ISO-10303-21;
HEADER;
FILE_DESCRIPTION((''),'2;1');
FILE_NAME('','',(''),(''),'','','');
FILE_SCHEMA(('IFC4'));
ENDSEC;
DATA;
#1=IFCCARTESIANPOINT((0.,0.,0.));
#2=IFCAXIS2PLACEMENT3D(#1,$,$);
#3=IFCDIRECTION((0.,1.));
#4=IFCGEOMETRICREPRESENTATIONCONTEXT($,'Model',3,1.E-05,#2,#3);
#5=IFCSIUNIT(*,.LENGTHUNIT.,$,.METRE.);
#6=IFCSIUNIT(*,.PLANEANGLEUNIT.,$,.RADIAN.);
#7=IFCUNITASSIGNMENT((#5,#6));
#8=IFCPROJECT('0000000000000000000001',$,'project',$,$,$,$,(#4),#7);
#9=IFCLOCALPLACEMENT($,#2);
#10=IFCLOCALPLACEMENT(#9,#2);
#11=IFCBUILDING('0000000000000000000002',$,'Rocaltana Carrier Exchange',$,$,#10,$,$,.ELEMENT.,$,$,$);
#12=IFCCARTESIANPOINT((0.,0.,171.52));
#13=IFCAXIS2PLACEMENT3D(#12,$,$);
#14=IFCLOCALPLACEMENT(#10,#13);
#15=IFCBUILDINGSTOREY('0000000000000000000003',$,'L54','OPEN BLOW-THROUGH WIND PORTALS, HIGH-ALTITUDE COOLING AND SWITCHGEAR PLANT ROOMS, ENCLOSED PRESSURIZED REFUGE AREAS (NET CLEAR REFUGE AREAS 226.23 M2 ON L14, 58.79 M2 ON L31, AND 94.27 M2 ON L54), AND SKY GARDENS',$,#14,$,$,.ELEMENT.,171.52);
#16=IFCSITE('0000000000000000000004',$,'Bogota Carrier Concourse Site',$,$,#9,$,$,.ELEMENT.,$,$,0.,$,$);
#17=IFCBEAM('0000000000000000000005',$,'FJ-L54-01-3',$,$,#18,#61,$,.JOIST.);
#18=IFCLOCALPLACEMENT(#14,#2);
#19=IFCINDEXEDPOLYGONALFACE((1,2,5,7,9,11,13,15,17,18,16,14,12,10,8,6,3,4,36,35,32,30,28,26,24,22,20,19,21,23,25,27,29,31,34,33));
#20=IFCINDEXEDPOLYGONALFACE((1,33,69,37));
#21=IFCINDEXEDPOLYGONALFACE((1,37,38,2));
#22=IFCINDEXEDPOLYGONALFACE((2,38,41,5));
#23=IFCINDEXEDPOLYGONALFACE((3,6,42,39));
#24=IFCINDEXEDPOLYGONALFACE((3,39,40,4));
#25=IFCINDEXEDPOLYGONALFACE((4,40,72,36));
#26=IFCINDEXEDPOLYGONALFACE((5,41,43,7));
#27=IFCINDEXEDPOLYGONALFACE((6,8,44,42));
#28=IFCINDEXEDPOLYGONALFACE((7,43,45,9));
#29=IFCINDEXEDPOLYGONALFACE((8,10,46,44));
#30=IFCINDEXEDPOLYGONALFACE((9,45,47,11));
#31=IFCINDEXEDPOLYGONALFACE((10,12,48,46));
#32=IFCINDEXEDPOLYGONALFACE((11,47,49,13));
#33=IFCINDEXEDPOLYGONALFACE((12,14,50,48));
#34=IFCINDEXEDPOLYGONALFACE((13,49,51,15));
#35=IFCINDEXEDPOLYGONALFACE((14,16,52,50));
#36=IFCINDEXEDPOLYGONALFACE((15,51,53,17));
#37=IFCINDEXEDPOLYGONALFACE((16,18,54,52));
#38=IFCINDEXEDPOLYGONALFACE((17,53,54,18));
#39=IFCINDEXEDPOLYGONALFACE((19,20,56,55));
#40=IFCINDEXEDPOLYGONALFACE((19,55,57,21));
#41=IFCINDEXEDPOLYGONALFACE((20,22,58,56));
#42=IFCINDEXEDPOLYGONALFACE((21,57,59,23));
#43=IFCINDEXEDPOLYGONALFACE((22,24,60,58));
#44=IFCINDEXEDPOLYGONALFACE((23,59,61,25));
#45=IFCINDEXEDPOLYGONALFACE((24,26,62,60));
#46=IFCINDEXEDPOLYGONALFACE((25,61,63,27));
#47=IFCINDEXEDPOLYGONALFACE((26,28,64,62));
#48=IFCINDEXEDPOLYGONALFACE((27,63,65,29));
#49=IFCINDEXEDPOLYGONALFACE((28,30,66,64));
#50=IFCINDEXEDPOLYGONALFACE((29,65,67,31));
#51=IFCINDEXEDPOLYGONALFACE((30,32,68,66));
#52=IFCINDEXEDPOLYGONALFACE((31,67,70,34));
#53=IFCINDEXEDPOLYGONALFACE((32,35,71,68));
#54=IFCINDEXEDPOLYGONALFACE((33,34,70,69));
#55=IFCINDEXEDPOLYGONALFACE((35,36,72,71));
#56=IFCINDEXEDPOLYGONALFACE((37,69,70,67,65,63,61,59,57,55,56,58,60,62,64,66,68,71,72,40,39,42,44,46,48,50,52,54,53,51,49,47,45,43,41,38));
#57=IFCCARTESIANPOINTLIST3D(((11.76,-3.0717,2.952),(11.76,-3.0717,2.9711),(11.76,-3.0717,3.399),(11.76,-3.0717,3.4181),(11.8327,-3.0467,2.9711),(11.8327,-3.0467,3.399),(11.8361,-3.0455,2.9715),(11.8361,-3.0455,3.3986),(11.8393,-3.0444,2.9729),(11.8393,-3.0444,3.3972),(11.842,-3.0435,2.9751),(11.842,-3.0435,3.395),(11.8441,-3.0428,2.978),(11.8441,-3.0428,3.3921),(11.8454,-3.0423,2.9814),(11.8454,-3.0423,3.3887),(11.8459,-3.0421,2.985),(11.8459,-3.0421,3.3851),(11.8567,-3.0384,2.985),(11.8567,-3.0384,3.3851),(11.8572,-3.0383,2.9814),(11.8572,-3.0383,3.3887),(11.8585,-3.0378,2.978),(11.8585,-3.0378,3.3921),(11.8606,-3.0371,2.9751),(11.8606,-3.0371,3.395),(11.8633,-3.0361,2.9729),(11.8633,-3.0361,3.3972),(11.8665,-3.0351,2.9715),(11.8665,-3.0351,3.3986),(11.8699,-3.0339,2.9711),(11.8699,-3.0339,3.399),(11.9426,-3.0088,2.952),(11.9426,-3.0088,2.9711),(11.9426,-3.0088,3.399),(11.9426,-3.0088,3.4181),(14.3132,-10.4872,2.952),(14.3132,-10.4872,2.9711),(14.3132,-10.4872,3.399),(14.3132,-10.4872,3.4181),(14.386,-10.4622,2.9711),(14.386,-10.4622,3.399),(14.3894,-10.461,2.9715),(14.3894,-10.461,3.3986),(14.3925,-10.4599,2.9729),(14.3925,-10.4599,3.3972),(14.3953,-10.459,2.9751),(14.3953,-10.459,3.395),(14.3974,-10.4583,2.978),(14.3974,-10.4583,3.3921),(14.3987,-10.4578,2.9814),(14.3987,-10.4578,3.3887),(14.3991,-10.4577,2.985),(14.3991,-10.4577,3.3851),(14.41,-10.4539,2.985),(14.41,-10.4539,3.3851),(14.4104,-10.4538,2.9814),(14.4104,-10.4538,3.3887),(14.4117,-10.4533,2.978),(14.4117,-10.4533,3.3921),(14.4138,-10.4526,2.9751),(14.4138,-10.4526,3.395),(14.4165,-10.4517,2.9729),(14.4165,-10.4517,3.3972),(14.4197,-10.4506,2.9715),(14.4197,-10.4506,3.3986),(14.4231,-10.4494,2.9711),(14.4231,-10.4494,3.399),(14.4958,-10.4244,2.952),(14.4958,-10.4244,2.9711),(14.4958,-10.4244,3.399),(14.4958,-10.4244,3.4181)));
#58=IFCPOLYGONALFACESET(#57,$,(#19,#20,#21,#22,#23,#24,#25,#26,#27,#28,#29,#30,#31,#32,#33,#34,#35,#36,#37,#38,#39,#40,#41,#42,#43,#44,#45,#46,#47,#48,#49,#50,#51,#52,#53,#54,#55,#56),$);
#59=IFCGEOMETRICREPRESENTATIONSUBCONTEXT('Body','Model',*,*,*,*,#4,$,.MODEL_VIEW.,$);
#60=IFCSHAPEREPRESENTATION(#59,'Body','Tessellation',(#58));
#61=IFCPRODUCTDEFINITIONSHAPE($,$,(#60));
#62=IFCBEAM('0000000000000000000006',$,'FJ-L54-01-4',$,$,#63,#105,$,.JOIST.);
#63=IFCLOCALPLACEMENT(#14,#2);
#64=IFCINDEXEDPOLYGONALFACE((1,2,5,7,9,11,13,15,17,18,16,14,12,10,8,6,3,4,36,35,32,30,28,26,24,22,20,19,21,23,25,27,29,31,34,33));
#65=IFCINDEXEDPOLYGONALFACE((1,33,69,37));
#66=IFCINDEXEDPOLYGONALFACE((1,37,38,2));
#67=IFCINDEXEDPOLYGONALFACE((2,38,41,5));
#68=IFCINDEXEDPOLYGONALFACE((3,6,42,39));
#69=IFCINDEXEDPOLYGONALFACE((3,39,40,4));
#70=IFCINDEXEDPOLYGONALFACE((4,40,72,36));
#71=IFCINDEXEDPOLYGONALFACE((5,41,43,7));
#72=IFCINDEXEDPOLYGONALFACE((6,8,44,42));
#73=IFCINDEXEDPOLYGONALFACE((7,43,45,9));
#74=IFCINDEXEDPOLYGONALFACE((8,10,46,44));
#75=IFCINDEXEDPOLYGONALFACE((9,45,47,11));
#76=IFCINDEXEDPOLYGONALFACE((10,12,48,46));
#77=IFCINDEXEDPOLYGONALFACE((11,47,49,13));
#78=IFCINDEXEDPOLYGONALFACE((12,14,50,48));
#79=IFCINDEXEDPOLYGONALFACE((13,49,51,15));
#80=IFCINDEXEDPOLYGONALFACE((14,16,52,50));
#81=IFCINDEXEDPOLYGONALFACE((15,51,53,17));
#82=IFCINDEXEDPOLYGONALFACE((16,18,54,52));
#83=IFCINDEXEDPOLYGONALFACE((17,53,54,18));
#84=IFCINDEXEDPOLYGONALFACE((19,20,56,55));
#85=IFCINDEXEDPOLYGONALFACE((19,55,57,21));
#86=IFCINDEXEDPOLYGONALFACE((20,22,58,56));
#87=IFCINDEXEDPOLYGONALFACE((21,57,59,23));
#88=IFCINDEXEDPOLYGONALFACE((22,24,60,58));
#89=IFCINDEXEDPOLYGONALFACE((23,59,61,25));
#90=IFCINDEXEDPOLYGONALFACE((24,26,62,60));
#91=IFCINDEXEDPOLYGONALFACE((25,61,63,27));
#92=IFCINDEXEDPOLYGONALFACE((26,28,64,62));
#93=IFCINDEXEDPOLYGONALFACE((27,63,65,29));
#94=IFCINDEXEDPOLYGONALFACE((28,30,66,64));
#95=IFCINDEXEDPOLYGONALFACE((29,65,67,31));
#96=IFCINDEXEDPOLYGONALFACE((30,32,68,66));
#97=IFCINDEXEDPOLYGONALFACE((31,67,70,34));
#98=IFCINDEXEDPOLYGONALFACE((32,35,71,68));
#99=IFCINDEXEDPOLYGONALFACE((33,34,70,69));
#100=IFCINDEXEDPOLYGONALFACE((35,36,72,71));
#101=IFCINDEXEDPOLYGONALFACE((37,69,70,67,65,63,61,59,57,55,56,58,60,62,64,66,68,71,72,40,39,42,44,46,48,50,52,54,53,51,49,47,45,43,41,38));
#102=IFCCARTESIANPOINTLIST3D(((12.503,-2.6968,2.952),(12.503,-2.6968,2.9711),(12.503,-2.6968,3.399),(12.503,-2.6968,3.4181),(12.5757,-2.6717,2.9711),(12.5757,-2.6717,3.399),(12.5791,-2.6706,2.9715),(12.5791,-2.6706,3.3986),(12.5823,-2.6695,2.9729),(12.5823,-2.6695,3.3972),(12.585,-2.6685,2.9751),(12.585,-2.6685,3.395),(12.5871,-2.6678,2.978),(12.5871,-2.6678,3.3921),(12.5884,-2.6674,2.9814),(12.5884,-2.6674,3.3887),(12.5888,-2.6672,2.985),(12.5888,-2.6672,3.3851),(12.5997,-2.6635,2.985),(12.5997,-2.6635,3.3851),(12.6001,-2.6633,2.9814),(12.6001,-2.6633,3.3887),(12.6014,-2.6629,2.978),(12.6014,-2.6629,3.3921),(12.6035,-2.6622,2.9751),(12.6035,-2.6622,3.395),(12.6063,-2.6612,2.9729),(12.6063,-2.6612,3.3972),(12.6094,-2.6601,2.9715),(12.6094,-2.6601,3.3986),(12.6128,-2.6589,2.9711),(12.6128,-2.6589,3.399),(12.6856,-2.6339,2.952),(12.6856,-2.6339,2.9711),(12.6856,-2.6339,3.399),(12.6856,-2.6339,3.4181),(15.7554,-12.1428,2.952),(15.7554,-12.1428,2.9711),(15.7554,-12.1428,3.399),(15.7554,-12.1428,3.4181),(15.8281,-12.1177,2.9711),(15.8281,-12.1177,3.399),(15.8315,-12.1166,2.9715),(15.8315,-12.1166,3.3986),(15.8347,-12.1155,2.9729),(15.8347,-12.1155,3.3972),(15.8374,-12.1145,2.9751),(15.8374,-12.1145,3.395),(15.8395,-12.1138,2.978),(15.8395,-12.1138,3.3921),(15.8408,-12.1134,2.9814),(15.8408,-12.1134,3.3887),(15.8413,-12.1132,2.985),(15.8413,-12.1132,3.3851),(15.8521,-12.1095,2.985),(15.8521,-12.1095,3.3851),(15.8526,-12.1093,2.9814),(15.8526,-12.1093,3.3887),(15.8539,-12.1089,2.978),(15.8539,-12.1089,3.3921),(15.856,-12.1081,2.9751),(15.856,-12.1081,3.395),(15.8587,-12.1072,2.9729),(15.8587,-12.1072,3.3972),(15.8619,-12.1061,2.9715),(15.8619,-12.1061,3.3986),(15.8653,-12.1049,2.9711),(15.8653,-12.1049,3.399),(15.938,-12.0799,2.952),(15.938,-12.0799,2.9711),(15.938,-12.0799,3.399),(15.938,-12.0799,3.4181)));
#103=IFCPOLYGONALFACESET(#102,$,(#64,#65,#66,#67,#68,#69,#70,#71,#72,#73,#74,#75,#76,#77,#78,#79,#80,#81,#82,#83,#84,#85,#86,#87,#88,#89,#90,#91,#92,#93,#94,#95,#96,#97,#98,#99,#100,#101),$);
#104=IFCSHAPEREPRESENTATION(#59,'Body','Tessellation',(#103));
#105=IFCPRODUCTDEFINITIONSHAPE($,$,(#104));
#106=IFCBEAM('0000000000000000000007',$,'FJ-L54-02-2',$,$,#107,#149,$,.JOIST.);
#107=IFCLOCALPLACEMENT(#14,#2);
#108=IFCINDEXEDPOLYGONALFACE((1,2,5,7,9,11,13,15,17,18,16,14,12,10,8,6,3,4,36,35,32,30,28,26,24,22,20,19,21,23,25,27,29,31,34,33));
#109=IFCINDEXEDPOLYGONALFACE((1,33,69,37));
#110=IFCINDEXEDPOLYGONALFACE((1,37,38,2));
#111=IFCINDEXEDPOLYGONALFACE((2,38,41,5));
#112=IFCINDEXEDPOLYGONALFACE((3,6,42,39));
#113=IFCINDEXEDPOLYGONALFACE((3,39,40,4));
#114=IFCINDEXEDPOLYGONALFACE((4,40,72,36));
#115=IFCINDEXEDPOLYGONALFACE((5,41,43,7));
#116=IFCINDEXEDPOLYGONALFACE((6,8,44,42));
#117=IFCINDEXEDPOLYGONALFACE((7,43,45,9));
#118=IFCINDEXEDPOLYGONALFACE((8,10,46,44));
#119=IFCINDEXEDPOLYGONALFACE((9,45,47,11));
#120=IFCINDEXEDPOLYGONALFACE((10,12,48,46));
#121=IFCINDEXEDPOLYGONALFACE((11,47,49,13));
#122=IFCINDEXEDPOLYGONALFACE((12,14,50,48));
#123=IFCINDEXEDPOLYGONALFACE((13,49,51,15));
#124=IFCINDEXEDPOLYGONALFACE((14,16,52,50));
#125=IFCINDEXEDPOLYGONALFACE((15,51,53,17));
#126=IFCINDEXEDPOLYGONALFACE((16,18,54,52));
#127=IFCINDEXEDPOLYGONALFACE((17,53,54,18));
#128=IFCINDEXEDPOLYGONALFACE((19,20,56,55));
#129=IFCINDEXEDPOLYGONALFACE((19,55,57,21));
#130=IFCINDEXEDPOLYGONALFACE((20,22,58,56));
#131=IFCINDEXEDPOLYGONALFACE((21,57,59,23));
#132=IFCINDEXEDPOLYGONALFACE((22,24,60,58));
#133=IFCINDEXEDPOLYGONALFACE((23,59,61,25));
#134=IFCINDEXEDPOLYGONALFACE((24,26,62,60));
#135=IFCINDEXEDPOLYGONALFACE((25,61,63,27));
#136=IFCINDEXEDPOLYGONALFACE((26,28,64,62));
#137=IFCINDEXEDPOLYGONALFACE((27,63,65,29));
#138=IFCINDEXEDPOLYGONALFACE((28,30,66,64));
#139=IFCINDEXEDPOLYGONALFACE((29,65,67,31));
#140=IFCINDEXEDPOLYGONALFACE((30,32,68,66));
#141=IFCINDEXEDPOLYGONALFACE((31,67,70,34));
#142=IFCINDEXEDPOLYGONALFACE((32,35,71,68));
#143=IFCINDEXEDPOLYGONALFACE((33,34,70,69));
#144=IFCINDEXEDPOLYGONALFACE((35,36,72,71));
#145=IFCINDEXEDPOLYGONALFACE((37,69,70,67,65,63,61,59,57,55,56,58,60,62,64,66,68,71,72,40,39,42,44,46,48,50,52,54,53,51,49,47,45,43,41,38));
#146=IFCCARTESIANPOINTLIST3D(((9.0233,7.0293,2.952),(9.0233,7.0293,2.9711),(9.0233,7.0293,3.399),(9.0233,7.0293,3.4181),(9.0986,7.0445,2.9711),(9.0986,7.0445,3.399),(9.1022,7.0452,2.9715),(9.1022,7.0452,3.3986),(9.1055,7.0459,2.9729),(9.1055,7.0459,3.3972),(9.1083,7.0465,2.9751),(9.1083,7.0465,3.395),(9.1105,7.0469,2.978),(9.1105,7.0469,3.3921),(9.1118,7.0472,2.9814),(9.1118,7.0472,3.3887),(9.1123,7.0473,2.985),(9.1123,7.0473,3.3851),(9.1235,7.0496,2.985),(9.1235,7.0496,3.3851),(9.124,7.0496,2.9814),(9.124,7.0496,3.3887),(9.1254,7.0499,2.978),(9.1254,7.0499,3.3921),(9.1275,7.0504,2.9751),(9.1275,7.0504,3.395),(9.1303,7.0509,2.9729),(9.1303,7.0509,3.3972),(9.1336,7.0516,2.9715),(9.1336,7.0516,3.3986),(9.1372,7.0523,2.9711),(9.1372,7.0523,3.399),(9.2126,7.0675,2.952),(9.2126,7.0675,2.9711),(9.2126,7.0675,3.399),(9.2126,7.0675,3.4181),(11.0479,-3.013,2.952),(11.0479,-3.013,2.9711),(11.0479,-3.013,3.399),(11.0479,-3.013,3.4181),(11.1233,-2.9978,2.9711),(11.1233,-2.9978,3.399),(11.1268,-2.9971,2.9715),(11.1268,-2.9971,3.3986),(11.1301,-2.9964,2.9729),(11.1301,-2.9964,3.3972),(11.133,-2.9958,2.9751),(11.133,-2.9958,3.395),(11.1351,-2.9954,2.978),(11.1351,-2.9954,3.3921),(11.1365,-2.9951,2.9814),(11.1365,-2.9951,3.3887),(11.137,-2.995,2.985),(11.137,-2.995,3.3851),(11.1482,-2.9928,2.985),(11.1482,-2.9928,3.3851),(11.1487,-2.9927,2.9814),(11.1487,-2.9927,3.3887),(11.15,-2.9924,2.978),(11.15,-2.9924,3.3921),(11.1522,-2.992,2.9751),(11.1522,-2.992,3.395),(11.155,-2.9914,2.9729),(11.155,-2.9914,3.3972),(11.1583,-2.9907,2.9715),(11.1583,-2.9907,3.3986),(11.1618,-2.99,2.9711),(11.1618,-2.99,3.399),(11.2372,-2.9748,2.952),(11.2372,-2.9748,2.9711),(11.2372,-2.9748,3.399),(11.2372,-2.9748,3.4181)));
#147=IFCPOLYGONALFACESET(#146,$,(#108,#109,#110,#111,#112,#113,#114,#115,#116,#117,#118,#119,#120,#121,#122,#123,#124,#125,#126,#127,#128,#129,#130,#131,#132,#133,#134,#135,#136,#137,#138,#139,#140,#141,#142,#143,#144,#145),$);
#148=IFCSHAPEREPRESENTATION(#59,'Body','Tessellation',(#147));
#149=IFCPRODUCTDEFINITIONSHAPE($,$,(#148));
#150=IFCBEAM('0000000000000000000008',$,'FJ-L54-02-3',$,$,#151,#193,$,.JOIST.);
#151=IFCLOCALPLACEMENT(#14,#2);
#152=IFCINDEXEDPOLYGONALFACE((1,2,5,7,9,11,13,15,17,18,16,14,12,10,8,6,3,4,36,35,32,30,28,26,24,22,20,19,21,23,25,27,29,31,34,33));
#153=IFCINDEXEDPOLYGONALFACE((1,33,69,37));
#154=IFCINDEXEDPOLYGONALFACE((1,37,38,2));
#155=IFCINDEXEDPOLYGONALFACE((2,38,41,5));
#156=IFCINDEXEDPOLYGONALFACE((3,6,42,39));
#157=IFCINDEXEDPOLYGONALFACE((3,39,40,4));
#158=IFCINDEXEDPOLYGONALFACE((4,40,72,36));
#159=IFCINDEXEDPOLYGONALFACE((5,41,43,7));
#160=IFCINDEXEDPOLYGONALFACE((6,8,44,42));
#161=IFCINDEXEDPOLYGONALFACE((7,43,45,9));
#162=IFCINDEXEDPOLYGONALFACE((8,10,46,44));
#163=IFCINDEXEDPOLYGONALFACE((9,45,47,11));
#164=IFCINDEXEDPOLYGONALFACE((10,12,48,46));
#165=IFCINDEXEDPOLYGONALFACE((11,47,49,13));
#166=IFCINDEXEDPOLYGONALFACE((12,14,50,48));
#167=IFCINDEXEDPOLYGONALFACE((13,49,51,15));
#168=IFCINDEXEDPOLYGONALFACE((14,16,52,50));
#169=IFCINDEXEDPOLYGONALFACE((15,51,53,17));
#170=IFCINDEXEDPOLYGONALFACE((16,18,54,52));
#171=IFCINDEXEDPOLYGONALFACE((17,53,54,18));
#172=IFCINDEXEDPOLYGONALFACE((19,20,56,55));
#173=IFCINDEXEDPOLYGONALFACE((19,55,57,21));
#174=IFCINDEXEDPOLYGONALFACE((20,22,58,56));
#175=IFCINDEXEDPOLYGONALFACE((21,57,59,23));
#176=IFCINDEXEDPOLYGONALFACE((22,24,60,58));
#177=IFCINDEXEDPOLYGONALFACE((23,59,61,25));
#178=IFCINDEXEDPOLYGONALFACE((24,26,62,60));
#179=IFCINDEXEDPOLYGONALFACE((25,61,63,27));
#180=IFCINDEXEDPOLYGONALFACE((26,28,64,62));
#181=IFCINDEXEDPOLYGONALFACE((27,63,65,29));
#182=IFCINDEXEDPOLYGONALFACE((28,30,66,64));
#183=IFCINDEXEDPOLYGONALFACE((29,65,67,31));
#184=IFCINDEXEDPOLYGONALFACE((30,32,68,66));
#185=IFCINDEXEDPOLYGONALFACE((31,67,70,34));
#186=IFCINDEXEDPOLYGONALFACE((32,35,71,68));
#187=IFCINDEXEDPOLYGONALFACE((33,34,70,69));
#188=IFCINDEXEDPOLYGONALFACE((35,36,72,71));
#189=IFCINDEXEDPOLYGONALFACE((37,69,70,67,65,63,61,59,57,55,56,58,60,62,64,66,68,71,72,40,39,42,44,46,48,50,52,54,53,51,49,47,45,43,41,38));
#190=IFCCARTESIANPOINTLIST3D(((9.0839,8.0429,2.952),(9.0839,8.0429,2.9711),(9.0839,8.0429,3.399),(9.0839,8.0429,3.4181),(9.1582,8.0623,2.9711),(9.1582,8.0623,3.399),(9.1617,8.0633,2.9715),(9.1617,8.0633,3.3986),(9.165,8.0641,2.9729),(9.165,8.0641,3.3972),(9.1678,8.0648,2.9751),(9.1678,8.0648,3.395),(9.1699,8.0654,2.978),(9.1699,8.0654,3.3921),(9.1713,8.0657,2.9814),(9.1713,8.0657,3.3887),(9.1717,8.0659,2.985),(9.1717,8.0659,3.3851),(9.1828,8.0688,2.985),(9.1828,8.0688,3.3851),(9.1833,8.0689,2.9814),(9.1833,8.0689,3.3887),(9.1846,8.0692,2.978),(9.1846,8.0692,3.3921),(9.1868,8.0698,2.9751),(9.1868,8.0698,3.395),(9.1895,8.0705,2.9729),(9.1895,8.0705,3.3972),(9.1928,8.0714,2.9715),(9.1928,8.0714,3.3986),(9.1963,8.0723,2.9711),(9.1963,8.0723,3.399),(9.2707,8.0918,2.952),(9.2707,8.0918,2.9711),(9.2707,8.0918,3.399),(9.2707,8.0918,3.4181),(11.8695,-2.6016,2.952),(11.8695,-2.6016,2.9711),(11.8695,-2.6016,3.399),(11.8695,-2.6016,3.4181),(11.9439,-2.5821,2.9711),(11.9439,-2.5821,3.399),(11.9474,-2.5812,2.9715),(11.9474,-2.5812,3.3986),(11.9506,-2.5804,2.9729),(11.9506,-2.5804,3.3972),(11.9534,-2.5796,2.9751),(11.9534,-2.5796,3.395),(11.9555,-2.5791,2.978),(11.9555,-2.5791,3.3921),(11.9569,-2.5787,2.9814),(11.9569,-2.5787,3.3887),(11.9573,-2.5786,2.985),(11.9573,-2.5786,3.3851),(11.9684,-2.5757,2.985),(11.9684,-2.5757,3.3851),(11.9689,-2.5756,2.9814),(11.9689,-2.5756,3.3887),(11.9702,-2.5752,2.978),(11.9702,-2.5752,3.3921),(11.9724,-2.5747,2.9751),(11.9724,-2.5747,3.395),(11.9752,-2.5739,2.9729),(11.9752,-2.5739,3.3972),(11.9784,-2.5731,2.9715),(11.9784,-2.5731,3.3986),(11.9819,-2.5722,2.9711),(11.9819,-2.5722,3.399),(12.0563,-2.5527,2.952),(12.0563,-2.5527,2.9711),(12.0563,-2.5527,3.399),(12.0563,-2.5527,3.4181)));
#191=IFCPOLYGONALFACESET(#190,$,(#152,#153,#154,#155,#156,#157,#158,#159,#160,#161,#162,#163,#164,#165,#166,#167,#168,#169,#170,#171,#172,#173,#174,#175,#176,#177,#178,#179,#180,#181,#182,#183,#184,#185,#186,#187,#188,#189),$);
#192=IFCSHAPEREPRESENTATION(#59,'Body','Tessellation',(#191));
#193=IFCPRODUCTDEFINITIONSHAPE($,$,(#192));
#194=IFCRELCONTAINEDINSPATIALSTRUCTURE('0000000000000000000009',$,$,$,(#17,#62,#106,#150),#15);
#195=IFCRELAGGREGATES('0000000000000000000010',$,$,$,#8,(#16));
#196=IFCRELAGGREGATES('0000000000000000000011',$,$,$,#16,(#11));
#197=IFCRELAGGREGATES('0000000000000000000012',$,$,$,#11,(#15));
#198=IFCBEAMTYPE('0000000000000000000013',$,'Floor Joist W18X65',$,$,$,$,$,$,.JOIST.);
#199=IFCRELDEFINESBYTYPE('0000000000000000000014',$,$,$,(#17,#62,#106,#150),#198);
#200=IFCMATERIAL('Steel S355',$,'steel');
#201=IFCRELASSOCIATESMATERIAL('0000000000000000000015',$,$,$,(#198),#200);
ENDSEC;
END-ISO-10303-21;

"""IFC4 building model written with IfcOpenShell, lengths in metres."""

from ifc_helpers import new_model, si_unit, direction, frame, origin, origin_2d, place, context, subcontext, project, spatial, i_section, extrude, material, material_profile, profile_set, type_object, element, save


model = new_model("IFC4")

# Units and contexts
model_context = context("Model", 3, precision=1e-05, world=origin(), true_north=direction((0.0, 1.0)))
body_context = subcontext(model_context, "Body", "Model", "MODEL_VIEW")
ifc_project = project(units=[si_unit("LENGTHUNIT", "METRE"), si_unit("PLANEANGLEUNIT", "RADIAN")], contexts=[model_context])

# Site, building, storey
site_placement = place(None, origin())
site = spatial("IfcSite", under=ifc_project, at=site_placement, Name="Bogota Carrier Concourse Site", CompositionType="ELEMENT", RefElevation=0.0)
building_placement = place(site_placement, origin())
building = spatial("IfcBuilding", under=site, at=building_placement, Name="Rocaltana Carrier Exchange", CompositionType="ELEMENT")
storey_placement = place(building_placement, frame((0.0, 0.0, 171.52)))
storey = spatial("IfcBuildingStorey", under=building, at=storey_placement, Name="L54", Description="OPEN BLOW-THROUGH WIND PORTALS, HIGH-ALTITUDE COOLING AND SWITCHGEAR PLANT ROOMS, ENCLOSED PRESSURIZED REFUGE AREAS (NET CLEAR REFUGE AREAS 226.23 M2 ON L14, 58.79 M2 ON L31, AND 94.27 M2 ON L54), AND SKY GARDENS", CompositionType="ELEMENT", Elevation=171.52)

# Beams
ifc_material_1 = material(Name="Steel S355", Category="steel")
ifc_material_profile_1 = material_profile(ifc_material_1, i_section(OverallWidth=0.1931, OverallDepth=0.4661, WebThickness=0.0115, FlangeThickness=0.019, FilletRadius=0.0139, at=origin_2d()), Name="W18X65")
ifc_profile_set_1 = profile_set([ifc_material_profile_1], Name="Steel S355")
beam_type_1 = type_object("IfcBeamType", Name="Floor Joist W18X65", PredefinedType="JOIST", material=ifc_profile_set_1)
beam_1_placement = place(storey_placement, frame((14.4045, -10.4558, 3.1851), z_axis=(-0.325551, 0.945524, 0.0), x_axis=(-0.945524, -0.325551, 0.0)))
element("IfcBeam", 1, at=beam_1_placement, inside=storey, type_object=beam_type_1, Name="FJ-L54-01-3", PredefinedType="JOIST", context=body_context, shape_type="SweptSolid", body=[
    extrude(i_section(OverallWidth=0.1931, OverallDepth=0.4661, WebThickness=0.0115, FlangeThickness=0.019, FilletRadius=0.0139, at=origin_2d()), origin(), (0.0, 0.0, 1.0), 7.8428),
])
beam_2_placement = place(storey_placement, frame((15.8467, -12.1113, 3.1851), z_axis=(-0.32556, 0.945521, 0.0), x_axis=(-0.945521, -0.32556, 0.0)))
element("IfcBeam", 2, at=beam_2_placement, inside=storey, type_object=beam_type_1, Name="FJ-L54-01-4", PredefinedType="JOIST", context=body_context, shape_type="SweptSolid", body=[
    extrude(i_section(OverallWidth=0.1931, OverallDepth=0.4661, WebThickness=0.0115, FlangeThickness=0.019, FilletRadius=0.0139, at=origin_2d()), origin(), (0.0, 0.0, 1.0), 9.9902),
])
beam_3_placement = place(storey_placement, frame((11.1426, -2.9939, 3.1851), z_axis=(-0.197637, 0.980275, 0.0), x_axis=(-0.980275, -0.197637, 0.0)))
element("IfcBeam", 3, at=beam_3_placement, inside=storey, type_object=beam_type_1, Name="FJ-L54-02-2", PredefinedType="JOIST", context=body_context, shape_type="SweptSolid", body=[
    extrude(i_section(OverallWidth=0.1931, OverallDepth=0.4661, WebThickness=0.0115, FlangeThickness=0.019, FilletRadius=0.0139, at=origin_2d()), origin(), (0.0, 0.0, 1.0), 10.2444),
])
beam_4_placement = place(storey_placement, frame((11.9629, -2.5771, 3.1851), z_axis=(-0.253172, 0.967421, 0.0), x_axis=(-0.967421, -0.253172, 0.0)))
element("IfcBeam", 4, at=beam_4_placement, inside=storey, type_object=beam_type_1, Name="FJ-L54-02-3", PredefinedType="JOIST", context=body_context, shape_type="SweptSolid", body=[
    extrude(i_section(OverallWidth=0.1931, OverallDepth=0.4661, WebThickness=0.0115, FlangeThickness=0.019, FilletRadius=0.0139, at=origin_2d()), origin(), (0.0, 0.0, 1.0), 11.0029),
])

save(model, "model.ifc")
